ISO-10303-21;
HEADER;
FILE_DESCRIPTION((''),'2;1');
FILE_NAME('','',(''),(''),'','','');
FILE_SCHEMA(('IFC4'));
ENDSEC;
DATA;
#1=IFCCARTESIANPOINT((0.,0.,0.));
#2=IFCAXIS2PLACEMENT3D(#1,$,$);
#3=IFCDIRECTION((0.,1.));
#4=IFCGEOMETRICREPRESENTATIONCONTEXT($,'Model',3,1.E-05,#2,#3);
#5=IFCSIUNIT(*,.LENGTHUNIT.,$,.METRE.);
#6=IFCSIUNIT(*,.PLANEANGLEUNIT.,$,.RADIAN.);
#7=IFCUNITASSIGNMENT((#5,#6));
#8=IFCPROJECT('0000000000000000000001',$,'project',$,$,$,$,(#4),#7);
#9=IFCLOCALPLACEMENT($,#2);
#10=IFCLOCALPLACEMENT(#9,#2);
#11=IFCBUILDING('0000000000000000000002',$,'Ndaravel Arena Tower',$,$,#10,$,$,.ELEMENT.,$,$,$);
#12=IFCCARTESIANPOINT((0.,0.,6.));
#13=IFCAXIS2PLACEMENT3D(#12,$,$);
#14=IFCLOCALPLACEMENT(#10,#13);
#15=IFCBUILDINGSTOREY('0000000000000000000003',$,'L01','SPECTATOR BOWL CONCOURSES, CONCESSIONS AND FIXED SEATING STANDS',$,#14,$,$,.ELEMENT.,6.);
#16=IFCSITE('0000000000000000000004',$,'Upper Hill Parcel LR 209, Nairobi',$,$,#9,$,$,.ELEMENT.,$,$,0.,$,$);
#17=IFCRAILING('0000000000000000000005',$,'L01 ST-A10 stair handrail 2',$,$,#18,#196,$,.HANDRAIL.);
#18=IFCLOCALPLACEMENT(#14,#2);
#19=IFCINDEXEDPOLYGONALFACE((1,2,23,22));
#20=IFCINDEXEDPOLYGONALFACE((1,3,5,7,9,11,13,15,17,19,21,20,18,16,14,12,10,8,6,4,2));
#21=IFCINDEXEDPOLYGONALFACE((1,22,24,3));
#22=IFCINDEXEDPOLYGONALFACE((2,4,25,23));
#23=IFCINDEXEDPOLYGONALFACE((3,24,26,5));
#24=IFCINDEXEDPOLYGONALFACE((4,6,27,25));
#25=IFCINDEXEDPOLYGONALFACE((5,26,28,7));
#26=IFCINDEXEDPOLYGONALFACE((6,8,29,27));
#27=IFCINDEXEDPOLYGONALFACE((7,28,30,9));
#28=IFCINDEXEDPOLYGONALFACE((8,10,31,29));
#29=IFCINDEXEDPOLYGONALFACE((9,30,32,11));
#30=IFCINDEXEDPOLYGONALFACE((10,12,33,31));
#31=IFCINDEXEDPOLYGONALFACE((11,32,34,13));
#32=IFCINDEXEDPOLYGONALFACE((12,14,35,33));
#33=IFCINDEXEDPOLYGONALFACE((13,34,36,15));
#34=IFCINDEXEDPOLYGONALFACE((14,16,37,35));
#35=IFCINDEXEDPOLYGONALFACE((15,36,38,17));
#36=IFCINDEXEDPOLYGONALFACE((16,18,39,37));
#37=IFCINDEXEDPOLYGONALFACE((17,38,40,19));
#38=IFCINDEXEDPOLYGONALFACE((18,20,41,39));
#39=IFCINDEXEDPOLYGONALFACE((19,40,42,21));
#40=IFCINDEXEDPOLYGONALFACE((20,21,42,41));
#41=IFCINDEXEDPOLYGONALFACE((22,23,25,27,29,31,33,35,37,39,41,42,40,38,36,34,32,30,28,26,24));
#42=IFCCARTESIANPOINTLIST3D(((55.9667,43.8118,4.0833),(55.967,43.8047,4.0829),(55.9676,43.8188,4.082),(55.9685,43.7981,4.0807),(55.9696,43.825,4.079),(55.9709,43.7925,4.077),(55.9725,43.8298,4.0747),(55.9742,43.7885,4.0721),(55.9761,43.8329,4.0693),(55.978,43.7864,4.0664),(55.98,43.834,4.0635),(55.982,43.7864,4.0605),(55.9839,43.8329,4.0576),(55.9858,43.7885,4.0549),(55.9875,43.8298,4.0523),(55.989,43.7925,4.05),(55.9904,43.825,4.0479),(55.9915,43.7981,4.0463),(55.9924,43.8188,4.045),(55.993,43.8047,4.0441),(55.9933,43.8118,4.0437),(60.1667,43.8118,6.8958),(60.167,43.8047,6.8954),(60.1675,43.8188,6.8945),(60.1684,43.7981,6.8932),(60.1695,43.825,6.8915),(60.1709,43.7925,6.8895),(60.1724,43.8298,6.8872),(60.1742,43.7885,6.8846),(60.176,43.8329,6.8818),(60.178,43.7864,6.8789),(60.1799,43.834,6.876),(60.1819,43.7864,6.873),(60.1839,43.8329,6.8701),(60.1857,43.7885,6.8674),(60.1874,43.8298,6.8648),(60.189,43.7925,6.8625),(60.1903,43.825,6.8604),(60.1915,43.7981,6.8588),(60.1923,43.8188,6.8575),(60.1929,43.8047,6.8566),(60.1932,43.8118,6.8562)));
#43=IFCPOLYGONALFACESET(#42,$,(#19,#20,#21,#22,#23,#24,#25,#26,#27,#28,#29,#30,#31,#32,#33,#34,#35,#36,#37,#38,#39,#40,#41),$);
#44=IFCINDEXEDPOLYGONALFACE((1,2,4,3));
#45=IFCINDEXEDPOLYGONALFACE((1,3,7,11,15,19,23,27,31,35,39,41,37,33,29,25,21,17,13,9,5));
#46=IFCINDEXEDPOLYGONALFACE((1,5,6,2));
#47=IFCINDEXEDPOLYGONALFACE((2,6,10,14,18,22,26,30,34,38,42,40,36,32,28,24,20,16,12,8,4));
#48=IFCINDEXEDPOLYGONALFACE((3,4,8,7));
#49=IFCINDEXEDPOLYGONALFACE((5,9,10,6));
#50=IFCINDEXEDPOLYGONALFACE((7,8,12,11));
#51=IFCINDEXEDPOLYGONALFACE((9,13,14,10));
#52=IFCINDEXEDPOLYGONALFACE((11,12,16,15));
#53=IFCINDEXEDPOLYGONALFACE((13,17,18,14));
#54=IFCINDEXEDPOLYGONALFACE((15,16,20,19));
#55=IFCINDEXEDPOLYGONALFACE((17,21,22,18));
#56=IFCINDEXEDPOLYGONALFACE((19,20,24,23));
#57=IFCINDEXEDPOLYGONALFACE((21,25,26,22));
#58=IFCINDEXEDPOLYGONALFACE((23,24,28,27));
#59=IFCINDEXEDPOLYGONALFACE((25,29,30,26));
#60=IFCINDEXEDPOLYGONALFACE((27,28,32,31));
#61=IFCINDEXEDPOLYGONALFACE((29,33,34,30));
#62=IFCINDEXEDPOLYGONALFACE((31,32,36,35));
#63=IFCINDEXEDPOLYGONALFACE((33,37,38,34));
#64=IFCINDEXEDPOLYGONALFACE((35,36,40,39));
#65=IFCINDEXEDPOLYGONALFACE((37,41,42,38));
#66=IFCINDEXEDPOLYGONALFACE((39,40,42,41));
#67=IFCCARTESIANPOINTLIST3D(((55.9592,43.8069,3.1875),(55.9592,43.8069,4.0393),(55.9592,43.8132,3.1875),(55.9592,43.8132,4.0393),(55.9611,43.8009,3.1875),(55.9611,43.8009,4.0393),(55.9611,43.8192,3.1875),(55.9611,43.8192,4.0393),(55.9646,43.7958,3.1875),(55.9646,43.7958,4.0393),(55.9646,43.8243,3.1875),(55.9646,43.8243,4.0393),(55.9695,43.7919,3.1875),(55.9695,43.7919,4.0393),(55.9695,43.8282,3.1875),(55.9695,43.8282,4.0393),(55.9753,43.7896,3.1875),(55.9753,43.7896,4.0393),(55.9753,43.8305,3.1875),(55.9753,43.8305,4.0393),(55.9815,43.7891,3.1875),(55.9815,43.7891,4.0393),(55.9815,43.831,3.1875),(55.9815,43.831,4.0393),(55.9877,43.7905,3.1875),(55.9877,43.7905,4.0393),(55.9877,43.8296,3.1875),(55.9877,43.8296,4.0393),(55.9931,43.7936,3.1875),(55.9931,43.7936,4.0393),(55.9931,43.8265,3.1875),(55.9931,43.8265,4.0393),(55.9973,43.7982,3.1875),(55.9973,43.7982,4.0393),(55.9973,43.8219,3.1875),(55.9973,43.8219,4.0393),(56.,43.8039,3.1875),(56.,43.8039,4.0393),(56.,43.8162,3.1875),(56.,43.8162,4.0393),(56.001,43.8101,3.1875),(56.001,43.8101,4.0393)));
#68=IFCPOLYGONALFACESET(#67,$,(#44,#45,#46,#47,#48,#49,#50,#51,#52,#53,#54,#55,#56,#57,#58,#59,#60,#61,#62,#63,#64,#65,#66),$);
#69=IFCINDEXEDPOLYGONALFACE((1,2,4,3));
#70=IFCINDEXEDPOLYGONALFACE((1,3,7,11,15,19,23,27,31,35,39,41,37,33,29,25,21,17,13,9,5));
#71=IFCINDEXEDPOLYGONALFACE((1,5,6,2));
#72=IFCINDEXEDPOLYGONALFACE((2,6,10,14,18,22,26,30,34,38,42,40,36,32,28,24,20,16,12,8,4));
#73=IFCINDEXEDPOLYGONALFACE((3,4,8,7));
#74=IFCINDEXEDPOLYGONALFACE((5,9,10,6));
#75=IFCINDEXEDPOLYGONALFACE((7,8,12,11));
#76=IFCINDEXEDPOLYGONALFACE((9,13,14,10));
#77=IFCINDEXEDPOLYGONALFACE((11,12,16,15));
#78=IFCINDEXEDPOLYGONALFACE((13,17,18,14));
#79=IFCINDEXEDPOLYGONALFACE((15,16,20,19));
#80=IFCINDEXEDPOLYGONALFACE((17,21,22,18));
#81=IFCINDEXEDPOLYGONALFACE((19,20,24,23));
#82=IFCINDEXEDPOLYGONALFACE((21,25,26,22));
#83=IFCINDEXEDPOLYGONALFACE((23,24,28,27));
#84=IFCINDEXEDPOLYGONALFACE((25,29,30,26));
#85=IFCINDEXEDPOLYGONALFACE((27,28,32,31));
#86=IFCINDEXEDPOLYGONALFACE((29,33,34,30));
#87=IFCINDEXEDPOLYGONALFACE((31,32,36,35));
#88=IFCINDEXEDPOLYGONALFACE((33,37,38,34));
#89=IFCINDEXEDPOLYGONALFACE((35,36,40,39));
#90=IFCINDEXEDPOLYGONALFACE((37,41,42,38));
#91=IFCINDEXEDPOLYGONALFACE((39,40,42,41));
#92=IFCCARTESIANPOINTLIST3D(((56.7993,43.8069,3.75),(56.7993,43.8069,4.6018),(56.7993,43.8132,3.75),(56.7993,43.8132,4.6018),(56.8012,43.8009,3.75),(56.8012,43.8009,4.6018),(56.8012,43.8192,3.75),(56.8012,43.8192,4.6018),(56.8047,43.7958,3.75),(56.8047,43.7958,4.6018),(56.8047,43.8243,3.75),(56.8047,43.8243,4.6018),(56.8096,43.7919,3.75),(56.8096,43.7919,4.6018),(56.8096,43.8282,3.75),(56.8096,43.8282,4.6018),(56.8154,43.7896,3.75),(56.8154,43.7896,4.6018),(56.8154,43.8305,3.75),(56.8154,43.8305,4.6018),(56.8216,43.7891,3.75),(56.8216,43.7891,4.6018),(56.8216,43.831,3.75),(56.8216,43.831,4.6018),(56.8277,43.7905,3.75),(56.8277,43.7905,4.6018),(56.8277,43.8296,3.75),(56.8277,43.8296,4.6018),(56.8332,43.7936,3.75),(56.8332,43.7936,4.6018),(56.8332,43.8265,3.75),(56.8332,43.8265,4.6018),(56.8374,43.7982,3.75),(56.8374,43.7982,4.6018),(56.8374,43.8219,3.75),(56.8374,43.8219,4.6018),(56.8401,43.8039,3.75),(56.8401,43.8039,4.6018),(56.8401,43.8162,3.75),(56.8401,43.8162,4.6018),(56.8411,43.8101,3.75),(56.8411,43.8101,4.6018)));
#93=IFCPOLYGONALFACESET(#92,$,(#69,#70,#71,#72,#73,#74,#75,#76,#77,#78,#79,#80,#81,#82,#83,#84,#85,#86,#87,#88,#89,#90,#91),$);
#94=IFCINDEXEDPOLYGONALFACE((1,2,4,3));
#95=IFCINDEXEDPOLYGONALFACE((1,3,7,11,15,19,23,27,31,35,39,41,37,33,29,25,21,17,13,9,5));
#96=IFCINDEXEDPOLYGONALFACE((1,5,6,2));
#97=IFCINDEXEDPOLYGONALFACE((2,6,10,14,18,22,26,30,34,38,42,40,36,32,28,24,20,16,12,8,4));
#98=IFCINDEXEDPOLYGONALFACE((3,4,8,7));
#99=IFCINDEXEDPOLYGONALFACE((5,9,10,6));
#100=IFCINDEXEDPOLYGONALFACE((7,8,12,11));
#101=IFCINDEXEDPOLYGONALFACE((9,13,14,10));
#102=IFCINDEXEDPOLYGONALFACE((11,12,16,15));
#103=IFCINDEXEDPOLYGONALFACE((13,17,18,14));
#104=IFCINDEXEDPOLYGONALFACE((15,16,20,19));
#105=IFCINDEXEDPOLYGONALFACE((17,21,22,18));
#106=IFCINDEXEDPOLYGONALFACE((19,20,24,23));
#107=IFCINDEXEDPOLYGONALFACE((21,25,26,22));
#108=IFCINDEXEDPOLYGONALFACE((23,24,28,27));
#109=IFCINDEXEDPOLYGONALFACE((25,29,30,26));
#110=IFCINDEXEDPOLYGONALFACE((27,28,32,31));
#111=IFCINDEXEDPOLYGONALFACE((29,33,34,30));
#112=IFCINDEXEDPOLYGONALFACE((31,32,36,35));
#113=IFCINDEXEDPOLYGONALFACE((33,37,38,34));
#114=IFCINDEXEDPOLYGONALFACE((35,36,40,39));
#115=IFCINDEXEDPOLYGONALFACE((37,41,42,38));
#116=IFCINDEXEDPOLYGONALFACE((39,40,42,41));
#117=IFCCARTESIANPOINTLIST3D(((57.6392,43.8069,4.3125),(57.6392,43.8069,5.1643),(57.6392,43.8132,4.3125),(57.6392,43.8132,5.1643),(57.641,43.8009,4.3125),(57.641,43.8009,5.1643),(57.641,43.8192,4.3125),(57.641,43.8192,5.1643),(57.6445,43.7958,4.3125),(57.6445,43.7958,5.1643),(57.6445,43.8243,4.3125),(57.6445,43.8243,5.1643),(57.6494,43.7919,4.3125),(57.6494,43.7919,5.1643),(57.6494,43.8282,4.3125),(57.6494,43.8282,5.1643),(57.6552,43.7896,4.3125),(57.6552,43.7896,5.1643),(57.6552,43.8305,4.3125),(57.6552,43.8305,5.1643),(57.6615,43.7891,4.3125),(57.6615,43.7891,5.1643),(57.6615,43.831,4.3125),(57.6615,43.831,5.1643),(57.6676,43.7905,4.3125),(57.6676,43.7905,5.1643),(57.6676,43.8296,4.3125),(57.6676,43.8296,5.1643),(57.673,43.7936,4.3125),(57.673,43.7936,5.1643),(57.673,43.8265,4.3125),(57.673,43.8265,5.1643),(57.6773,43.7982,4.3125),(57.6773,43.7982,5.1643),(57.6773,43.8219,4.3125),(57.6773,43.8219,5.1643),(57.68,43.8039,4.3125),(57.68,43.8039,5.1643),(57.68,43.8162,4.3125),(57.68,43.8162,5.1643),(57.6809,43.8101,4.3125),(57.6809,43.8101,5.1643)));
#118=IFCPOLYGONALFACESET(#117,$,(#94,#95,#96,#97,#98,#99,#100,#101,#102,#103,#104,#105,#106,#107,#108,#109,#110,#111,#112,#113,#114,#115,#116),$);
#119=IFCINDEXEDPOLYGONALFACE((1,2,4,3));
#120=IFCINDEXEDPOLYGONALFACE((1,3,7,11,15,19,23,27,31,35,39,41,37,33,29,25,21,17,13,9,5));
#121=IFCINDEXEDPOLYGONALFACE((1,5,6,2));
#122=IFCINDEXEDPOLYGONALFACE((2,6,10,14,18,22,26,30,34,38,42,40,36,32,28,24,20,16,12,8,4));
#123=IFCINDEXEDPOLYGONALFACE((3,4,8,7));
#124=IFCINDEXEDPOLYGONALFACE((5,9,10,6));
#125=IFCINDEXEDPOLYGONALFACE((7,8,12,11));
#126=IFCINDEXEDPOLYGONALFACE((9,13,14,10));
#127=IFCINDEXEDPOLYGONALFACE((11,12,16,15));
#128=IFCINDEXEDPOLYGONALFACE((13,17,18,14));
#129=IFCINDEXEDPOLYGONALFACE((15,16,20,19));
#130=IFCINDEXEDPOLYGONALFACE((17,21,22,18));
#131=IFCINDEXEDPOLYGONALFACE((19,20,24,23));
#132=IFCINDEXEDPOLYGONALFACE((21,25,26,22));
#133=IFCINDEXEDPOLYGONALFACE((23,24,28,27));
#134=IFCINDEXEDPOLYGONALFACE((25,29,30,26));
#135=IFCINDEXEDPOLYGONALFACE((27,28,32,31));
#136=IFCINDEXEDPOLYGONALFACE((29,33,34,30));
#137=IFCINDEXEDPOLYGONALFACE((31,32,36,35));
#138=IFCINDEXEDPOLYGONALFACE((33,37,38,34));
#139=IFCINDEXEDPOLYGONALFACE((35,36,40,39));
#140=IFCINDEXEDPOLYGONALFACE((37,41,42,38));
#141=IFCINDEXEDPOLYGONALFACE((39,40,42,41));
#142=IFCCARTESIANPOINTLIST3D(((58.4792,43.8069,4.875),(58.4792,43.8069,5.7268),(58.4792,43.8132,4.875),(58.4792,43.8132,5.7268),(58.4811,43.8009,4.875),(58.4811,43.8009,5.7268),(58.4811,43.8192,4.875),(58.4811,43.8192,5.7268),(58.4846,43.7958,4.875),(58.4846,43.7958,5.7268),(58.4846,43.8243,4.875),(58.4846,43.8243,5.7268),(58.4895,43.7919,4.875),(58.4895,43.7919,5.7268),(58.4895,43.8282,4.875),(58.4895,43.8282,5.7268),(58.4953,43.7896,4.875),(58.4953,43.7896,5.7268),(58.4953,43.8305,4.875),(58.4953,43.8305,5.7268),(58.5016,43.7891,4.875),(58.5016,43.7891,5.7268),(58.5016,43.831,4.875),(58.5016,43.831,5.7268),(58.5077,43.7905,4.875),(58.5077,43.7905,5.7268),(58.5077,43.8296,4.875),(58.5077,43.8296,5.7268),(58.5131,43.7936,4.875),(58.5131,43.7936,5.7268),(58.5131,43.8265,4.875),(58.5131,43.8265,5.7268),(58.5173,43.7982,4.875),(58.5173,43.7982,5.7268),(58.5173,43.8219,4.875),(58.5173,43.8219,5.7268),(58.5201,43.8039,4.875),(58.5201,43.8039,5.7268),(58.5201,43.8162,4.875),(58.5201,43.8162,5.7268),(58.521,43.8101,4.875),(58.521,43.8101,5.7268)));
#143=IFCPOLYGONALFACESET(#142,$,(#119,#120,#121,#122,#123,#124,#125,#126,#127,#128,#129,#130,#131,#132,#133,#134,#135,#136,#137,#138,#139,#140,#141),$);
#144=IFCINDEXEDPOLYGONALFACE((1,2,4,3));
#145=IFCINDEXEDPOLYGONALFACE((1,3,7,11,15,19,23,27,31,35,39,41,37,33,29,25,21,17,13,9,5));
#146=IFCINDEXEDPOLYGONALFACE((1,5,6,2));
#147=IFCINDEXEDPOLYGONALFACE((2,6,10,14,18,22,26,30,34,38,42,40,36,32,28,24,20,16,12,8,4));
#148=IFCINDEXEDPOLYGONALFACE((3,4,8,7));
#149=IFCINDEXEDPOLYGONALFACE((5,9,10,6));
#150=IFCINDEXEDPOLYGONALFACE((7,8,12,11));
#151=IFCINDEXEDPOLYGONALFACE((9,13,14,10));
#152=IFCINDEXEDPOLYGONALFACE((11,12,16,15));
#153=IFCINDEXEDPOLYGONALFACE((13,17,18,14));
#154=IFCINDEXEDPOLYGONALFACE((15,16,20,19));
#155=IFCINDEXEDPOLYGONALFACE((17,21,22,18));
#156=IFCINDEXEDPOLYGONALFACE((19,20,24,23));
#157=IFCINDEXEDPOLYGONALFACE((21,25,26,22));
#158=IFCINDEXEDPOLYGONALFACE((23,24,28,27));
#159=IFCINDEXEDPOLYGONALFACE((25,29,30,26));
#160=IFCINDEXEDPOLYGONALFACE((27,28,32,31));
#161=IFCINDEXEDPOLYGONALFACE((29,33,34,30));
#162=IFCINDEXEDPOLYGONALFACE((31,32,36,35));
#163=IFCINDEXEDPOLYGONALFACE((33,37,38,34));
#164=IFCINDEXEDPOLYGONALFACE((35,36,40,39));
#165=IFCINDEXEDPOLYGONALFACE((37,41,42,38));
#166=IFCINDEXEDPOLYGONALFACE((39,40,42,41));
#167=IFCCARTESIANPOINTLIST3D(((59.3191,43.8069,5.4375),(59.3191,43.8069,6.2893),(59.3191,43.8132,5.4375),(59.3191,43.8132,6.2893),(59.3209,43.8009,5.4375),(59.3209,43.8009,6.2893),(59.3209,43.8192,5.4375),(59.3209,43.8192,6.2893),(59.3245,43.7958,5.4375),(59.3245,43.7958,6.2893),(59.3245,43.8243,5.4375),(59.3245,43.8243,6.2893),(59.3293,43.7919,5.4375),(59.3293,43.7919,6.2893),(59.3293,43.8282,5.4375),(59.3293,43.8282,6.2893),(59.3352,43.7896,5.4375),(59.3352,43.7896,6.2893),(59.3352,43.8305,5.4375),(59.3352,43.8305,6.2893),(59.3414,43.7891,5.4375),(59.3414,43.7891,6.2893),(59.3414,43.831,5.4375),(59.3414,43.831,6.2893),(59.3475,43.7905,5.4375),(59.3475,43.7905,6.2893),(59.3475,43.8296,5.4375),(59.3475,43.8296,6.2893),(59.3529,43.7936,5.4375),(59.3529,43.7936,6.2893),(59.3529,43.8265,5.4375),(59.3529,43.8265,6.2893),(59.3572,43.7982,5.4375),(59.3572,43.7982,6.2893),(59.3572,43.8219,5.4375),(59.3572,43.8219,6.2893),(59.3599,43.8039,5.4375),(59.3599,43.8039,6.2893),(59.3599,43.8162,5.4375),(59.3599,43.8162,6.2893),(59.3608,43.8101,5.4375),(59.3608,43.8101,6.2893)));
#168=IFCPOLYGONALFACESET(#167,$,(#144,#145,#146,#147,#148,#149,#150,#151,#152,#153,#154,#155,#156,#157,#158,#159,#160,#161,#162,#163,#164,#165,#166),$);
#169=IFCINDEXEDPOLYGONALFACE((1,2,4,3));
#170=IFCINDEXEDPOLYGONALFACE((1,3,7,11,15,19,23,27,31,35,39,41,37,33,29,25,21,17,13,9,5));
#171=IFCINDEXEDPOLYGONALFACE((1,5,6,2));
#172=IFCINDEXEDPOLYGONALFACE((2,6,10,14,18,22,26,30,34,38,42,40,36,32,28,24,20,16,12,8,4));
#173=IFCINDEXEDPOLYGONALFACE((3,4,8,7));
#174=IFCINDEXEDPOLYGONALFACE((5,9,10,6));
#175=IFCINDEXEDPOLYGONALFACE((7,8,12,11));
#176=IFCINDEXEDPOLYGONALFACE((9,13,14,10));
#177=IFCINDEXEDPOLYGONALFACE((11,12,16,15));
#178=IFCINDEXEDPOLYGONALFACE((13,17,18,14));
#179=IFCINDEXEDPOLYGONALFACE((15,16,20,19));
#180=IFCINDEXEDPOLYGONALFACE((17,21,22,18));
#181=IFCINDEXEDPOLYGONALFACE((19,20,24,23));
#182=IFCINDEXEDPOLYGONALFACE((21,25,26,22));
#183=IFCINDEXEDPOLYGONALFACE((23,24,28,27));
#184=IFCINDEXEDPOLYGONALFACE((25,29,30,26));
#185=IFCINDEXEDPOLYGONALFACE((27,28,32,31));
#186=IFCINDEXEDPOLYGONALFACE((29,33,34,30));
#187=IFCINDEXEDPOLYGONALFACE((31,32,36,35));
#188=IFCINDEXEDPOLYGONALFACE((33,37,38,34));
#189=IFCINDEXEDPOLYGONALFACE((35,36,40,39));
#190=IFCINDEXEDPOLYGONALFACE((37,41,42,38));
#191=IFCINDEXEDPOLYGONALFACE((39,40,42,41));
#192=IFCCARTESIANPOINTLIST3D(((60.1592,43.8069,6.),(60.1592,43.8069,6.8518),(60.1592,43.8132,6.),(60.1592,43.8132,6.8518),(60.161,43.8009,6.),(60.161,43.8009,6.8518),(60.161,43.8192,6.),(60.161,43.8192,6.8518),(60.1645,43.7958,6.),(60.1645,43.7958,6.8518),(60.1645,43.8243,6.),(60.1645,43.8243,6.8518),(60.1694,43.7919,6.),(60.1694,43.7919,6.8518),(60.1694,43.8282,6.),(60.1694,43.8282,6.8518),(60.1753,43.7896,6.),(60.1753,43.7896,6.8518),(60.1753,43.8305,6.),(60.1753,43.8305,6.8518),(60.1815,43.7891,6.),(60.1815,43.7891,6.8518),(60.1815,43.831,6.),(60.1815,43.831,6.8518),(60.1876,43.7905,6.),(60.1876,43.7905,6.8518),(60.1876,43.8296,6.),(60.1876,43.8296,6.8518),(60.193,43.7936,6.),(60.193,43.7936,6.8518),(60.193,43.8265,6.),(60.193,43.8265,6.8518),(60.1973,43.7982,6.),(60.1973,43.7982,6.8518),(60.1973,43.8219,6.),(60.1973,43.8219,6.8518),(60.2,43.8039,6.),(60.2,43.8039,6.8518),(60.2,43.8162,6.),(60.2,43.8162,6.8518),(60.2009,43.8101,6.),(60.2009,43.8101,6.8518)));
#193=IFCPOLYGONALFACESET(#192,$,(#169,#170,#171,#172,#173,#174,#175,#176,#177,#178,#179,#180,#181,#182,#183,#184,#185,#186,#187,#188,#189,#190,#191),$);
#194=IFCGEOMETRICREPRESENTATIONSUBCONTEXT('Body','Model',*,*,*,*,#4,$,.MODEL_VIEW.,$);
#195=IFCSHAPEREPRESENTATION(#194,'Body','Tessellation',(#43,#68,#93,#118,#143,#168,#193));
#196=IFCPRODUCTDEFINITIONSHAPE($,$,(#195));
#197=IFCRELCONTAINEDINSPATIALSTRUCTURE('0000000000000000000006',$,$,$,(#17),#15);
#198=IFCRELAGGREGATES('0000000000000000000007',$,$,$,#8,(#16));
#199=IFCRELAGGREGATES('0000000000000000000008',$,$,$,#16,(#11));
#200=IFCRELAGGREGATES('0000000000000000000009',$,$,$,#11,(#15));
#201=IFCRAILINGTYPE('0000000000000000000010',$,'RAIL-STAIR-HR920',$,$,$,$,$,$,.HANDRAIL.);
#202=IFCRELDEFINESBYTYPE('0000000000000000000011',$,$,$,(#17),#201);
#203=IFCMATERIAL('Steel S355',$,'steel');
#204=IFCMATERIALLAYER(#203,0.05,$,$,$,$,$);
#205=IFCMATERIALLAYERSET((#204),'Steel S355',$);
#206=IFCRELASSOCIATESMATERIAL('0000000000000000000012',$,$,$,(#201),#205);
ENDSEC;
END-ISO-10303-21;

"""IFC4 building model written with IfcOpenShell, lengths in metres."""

from ifc_helpers import new_model, si_unit, direction, frame, origin, origin_2d, place, context, subcontext, project, spatial, circle, extrude, material, layer, layer_set, type_object, element, save


model = new_model("IFC4")

# Units and contexts
model_context = context("Model", 3, precision=1e-05, world=origin(), true_north=direction((0.0, 1.0)))
body_context = subcontext(model_context, "Body", "Model", "MODEL_VIEW")
ifc_project = project(units=[si_unit("LENGTHUNIT", "METRE"), si_unit("PLANEANGLEUNIT", "RADIAN")], contexts=[model_context])

# Site, building, storey
site_placement = place(None, origin())
site = spatial("IfcSite", under=ifc_project, at=site_placement, Name="Upper Hill Parcel LR 209, Nairobi", CompositionType="ELEMENT", RefElevation=0.0)
building_placement = place(site_placement, origin())
building = spatial("IfcBuilding", under=site, at=building_placement, Name="Ndaravel Arena Tower", CompositionType="ELEMENT")
storey_placement = place(building_placement, frame((0.0, 0.0, 6.0)))
storey = spatial("IfcBuildingStorey", under=building, at=storey_placement, Name="L01", Description="SPECTATOR BOWL CONCOURSES, CONCESSIONS AND FIXED SEATING STANDS", CompositionType="ELEMENT", Elevation=6.0)

# Railing
ifc_material_1 = material(Name="Steel S355", Category="steel")
ifc_layer_1 = layer(ifc_material_1, 0.05)
ifc_layer_set_1 = layer_set([ifc_layer_1], Name="Steel S355")
railing_type_1 = type_object("IfcRailingType", Name="RAIL-STAIR-HR920", PredefinedType="HANDRAIL", material=ifc_layer_set_1)
railing_1_placement = place(storey_placement, frame((55.98, 43.8101, 3.1875)))
element("IfcRailing", 1, at=railing_1_placement, inside=storey, type_object=railing_type_1, Name="L01 ST-A10 stair handrail 2", PredefinedType="HANDRAIL", context=body_context, shape_type="SweptSolid", body=[
    extrude(circle(Radius=0.0239, at=origin_2d()), frame((0.0, 0.0, 0.876), z_axis=(0.830904, 0.0, 0.556416), x_axis=(0.0, 1.0, 0.0)), (0.0, 0.0, 1.0), 5.0547),
    extrude(circle(Radius=0.021, at=origin_2d()), origin(), (0.0, 0.0, 1.0), 0.8518),
    extrude(circle(Radius=0.021, at=origin_2d()), frame((0.8401, 0.0, 0.5625)), (0.0, 0.0, 1.0), 0.8518),
    extrude(circle(Radius=0.021, at=origin_2d()), frame((1.6799, 0.0, 1.125)), (0.0, 0.0, 1.0), 0.8518),
    extrude(circle(Radius=0.021, at=origin_2d()), frame((2.52, 0.0, 1.6875)), (0.0, 0.0, 1.0), 0.8518),
    extrude(circle(Radius=0.021, at=origin_2d()), frame((3.3599, 0.0, 2.25)), (0.0, 0.0, 1.0), 0.8518),
    extrude(circle(Radius=0.021, at=origin_2d()), frame((4.2, 0.0, 2.8125)), (0.0, 0.0, 1.0), 0.8518),
])

save(model, "model.ifc")
